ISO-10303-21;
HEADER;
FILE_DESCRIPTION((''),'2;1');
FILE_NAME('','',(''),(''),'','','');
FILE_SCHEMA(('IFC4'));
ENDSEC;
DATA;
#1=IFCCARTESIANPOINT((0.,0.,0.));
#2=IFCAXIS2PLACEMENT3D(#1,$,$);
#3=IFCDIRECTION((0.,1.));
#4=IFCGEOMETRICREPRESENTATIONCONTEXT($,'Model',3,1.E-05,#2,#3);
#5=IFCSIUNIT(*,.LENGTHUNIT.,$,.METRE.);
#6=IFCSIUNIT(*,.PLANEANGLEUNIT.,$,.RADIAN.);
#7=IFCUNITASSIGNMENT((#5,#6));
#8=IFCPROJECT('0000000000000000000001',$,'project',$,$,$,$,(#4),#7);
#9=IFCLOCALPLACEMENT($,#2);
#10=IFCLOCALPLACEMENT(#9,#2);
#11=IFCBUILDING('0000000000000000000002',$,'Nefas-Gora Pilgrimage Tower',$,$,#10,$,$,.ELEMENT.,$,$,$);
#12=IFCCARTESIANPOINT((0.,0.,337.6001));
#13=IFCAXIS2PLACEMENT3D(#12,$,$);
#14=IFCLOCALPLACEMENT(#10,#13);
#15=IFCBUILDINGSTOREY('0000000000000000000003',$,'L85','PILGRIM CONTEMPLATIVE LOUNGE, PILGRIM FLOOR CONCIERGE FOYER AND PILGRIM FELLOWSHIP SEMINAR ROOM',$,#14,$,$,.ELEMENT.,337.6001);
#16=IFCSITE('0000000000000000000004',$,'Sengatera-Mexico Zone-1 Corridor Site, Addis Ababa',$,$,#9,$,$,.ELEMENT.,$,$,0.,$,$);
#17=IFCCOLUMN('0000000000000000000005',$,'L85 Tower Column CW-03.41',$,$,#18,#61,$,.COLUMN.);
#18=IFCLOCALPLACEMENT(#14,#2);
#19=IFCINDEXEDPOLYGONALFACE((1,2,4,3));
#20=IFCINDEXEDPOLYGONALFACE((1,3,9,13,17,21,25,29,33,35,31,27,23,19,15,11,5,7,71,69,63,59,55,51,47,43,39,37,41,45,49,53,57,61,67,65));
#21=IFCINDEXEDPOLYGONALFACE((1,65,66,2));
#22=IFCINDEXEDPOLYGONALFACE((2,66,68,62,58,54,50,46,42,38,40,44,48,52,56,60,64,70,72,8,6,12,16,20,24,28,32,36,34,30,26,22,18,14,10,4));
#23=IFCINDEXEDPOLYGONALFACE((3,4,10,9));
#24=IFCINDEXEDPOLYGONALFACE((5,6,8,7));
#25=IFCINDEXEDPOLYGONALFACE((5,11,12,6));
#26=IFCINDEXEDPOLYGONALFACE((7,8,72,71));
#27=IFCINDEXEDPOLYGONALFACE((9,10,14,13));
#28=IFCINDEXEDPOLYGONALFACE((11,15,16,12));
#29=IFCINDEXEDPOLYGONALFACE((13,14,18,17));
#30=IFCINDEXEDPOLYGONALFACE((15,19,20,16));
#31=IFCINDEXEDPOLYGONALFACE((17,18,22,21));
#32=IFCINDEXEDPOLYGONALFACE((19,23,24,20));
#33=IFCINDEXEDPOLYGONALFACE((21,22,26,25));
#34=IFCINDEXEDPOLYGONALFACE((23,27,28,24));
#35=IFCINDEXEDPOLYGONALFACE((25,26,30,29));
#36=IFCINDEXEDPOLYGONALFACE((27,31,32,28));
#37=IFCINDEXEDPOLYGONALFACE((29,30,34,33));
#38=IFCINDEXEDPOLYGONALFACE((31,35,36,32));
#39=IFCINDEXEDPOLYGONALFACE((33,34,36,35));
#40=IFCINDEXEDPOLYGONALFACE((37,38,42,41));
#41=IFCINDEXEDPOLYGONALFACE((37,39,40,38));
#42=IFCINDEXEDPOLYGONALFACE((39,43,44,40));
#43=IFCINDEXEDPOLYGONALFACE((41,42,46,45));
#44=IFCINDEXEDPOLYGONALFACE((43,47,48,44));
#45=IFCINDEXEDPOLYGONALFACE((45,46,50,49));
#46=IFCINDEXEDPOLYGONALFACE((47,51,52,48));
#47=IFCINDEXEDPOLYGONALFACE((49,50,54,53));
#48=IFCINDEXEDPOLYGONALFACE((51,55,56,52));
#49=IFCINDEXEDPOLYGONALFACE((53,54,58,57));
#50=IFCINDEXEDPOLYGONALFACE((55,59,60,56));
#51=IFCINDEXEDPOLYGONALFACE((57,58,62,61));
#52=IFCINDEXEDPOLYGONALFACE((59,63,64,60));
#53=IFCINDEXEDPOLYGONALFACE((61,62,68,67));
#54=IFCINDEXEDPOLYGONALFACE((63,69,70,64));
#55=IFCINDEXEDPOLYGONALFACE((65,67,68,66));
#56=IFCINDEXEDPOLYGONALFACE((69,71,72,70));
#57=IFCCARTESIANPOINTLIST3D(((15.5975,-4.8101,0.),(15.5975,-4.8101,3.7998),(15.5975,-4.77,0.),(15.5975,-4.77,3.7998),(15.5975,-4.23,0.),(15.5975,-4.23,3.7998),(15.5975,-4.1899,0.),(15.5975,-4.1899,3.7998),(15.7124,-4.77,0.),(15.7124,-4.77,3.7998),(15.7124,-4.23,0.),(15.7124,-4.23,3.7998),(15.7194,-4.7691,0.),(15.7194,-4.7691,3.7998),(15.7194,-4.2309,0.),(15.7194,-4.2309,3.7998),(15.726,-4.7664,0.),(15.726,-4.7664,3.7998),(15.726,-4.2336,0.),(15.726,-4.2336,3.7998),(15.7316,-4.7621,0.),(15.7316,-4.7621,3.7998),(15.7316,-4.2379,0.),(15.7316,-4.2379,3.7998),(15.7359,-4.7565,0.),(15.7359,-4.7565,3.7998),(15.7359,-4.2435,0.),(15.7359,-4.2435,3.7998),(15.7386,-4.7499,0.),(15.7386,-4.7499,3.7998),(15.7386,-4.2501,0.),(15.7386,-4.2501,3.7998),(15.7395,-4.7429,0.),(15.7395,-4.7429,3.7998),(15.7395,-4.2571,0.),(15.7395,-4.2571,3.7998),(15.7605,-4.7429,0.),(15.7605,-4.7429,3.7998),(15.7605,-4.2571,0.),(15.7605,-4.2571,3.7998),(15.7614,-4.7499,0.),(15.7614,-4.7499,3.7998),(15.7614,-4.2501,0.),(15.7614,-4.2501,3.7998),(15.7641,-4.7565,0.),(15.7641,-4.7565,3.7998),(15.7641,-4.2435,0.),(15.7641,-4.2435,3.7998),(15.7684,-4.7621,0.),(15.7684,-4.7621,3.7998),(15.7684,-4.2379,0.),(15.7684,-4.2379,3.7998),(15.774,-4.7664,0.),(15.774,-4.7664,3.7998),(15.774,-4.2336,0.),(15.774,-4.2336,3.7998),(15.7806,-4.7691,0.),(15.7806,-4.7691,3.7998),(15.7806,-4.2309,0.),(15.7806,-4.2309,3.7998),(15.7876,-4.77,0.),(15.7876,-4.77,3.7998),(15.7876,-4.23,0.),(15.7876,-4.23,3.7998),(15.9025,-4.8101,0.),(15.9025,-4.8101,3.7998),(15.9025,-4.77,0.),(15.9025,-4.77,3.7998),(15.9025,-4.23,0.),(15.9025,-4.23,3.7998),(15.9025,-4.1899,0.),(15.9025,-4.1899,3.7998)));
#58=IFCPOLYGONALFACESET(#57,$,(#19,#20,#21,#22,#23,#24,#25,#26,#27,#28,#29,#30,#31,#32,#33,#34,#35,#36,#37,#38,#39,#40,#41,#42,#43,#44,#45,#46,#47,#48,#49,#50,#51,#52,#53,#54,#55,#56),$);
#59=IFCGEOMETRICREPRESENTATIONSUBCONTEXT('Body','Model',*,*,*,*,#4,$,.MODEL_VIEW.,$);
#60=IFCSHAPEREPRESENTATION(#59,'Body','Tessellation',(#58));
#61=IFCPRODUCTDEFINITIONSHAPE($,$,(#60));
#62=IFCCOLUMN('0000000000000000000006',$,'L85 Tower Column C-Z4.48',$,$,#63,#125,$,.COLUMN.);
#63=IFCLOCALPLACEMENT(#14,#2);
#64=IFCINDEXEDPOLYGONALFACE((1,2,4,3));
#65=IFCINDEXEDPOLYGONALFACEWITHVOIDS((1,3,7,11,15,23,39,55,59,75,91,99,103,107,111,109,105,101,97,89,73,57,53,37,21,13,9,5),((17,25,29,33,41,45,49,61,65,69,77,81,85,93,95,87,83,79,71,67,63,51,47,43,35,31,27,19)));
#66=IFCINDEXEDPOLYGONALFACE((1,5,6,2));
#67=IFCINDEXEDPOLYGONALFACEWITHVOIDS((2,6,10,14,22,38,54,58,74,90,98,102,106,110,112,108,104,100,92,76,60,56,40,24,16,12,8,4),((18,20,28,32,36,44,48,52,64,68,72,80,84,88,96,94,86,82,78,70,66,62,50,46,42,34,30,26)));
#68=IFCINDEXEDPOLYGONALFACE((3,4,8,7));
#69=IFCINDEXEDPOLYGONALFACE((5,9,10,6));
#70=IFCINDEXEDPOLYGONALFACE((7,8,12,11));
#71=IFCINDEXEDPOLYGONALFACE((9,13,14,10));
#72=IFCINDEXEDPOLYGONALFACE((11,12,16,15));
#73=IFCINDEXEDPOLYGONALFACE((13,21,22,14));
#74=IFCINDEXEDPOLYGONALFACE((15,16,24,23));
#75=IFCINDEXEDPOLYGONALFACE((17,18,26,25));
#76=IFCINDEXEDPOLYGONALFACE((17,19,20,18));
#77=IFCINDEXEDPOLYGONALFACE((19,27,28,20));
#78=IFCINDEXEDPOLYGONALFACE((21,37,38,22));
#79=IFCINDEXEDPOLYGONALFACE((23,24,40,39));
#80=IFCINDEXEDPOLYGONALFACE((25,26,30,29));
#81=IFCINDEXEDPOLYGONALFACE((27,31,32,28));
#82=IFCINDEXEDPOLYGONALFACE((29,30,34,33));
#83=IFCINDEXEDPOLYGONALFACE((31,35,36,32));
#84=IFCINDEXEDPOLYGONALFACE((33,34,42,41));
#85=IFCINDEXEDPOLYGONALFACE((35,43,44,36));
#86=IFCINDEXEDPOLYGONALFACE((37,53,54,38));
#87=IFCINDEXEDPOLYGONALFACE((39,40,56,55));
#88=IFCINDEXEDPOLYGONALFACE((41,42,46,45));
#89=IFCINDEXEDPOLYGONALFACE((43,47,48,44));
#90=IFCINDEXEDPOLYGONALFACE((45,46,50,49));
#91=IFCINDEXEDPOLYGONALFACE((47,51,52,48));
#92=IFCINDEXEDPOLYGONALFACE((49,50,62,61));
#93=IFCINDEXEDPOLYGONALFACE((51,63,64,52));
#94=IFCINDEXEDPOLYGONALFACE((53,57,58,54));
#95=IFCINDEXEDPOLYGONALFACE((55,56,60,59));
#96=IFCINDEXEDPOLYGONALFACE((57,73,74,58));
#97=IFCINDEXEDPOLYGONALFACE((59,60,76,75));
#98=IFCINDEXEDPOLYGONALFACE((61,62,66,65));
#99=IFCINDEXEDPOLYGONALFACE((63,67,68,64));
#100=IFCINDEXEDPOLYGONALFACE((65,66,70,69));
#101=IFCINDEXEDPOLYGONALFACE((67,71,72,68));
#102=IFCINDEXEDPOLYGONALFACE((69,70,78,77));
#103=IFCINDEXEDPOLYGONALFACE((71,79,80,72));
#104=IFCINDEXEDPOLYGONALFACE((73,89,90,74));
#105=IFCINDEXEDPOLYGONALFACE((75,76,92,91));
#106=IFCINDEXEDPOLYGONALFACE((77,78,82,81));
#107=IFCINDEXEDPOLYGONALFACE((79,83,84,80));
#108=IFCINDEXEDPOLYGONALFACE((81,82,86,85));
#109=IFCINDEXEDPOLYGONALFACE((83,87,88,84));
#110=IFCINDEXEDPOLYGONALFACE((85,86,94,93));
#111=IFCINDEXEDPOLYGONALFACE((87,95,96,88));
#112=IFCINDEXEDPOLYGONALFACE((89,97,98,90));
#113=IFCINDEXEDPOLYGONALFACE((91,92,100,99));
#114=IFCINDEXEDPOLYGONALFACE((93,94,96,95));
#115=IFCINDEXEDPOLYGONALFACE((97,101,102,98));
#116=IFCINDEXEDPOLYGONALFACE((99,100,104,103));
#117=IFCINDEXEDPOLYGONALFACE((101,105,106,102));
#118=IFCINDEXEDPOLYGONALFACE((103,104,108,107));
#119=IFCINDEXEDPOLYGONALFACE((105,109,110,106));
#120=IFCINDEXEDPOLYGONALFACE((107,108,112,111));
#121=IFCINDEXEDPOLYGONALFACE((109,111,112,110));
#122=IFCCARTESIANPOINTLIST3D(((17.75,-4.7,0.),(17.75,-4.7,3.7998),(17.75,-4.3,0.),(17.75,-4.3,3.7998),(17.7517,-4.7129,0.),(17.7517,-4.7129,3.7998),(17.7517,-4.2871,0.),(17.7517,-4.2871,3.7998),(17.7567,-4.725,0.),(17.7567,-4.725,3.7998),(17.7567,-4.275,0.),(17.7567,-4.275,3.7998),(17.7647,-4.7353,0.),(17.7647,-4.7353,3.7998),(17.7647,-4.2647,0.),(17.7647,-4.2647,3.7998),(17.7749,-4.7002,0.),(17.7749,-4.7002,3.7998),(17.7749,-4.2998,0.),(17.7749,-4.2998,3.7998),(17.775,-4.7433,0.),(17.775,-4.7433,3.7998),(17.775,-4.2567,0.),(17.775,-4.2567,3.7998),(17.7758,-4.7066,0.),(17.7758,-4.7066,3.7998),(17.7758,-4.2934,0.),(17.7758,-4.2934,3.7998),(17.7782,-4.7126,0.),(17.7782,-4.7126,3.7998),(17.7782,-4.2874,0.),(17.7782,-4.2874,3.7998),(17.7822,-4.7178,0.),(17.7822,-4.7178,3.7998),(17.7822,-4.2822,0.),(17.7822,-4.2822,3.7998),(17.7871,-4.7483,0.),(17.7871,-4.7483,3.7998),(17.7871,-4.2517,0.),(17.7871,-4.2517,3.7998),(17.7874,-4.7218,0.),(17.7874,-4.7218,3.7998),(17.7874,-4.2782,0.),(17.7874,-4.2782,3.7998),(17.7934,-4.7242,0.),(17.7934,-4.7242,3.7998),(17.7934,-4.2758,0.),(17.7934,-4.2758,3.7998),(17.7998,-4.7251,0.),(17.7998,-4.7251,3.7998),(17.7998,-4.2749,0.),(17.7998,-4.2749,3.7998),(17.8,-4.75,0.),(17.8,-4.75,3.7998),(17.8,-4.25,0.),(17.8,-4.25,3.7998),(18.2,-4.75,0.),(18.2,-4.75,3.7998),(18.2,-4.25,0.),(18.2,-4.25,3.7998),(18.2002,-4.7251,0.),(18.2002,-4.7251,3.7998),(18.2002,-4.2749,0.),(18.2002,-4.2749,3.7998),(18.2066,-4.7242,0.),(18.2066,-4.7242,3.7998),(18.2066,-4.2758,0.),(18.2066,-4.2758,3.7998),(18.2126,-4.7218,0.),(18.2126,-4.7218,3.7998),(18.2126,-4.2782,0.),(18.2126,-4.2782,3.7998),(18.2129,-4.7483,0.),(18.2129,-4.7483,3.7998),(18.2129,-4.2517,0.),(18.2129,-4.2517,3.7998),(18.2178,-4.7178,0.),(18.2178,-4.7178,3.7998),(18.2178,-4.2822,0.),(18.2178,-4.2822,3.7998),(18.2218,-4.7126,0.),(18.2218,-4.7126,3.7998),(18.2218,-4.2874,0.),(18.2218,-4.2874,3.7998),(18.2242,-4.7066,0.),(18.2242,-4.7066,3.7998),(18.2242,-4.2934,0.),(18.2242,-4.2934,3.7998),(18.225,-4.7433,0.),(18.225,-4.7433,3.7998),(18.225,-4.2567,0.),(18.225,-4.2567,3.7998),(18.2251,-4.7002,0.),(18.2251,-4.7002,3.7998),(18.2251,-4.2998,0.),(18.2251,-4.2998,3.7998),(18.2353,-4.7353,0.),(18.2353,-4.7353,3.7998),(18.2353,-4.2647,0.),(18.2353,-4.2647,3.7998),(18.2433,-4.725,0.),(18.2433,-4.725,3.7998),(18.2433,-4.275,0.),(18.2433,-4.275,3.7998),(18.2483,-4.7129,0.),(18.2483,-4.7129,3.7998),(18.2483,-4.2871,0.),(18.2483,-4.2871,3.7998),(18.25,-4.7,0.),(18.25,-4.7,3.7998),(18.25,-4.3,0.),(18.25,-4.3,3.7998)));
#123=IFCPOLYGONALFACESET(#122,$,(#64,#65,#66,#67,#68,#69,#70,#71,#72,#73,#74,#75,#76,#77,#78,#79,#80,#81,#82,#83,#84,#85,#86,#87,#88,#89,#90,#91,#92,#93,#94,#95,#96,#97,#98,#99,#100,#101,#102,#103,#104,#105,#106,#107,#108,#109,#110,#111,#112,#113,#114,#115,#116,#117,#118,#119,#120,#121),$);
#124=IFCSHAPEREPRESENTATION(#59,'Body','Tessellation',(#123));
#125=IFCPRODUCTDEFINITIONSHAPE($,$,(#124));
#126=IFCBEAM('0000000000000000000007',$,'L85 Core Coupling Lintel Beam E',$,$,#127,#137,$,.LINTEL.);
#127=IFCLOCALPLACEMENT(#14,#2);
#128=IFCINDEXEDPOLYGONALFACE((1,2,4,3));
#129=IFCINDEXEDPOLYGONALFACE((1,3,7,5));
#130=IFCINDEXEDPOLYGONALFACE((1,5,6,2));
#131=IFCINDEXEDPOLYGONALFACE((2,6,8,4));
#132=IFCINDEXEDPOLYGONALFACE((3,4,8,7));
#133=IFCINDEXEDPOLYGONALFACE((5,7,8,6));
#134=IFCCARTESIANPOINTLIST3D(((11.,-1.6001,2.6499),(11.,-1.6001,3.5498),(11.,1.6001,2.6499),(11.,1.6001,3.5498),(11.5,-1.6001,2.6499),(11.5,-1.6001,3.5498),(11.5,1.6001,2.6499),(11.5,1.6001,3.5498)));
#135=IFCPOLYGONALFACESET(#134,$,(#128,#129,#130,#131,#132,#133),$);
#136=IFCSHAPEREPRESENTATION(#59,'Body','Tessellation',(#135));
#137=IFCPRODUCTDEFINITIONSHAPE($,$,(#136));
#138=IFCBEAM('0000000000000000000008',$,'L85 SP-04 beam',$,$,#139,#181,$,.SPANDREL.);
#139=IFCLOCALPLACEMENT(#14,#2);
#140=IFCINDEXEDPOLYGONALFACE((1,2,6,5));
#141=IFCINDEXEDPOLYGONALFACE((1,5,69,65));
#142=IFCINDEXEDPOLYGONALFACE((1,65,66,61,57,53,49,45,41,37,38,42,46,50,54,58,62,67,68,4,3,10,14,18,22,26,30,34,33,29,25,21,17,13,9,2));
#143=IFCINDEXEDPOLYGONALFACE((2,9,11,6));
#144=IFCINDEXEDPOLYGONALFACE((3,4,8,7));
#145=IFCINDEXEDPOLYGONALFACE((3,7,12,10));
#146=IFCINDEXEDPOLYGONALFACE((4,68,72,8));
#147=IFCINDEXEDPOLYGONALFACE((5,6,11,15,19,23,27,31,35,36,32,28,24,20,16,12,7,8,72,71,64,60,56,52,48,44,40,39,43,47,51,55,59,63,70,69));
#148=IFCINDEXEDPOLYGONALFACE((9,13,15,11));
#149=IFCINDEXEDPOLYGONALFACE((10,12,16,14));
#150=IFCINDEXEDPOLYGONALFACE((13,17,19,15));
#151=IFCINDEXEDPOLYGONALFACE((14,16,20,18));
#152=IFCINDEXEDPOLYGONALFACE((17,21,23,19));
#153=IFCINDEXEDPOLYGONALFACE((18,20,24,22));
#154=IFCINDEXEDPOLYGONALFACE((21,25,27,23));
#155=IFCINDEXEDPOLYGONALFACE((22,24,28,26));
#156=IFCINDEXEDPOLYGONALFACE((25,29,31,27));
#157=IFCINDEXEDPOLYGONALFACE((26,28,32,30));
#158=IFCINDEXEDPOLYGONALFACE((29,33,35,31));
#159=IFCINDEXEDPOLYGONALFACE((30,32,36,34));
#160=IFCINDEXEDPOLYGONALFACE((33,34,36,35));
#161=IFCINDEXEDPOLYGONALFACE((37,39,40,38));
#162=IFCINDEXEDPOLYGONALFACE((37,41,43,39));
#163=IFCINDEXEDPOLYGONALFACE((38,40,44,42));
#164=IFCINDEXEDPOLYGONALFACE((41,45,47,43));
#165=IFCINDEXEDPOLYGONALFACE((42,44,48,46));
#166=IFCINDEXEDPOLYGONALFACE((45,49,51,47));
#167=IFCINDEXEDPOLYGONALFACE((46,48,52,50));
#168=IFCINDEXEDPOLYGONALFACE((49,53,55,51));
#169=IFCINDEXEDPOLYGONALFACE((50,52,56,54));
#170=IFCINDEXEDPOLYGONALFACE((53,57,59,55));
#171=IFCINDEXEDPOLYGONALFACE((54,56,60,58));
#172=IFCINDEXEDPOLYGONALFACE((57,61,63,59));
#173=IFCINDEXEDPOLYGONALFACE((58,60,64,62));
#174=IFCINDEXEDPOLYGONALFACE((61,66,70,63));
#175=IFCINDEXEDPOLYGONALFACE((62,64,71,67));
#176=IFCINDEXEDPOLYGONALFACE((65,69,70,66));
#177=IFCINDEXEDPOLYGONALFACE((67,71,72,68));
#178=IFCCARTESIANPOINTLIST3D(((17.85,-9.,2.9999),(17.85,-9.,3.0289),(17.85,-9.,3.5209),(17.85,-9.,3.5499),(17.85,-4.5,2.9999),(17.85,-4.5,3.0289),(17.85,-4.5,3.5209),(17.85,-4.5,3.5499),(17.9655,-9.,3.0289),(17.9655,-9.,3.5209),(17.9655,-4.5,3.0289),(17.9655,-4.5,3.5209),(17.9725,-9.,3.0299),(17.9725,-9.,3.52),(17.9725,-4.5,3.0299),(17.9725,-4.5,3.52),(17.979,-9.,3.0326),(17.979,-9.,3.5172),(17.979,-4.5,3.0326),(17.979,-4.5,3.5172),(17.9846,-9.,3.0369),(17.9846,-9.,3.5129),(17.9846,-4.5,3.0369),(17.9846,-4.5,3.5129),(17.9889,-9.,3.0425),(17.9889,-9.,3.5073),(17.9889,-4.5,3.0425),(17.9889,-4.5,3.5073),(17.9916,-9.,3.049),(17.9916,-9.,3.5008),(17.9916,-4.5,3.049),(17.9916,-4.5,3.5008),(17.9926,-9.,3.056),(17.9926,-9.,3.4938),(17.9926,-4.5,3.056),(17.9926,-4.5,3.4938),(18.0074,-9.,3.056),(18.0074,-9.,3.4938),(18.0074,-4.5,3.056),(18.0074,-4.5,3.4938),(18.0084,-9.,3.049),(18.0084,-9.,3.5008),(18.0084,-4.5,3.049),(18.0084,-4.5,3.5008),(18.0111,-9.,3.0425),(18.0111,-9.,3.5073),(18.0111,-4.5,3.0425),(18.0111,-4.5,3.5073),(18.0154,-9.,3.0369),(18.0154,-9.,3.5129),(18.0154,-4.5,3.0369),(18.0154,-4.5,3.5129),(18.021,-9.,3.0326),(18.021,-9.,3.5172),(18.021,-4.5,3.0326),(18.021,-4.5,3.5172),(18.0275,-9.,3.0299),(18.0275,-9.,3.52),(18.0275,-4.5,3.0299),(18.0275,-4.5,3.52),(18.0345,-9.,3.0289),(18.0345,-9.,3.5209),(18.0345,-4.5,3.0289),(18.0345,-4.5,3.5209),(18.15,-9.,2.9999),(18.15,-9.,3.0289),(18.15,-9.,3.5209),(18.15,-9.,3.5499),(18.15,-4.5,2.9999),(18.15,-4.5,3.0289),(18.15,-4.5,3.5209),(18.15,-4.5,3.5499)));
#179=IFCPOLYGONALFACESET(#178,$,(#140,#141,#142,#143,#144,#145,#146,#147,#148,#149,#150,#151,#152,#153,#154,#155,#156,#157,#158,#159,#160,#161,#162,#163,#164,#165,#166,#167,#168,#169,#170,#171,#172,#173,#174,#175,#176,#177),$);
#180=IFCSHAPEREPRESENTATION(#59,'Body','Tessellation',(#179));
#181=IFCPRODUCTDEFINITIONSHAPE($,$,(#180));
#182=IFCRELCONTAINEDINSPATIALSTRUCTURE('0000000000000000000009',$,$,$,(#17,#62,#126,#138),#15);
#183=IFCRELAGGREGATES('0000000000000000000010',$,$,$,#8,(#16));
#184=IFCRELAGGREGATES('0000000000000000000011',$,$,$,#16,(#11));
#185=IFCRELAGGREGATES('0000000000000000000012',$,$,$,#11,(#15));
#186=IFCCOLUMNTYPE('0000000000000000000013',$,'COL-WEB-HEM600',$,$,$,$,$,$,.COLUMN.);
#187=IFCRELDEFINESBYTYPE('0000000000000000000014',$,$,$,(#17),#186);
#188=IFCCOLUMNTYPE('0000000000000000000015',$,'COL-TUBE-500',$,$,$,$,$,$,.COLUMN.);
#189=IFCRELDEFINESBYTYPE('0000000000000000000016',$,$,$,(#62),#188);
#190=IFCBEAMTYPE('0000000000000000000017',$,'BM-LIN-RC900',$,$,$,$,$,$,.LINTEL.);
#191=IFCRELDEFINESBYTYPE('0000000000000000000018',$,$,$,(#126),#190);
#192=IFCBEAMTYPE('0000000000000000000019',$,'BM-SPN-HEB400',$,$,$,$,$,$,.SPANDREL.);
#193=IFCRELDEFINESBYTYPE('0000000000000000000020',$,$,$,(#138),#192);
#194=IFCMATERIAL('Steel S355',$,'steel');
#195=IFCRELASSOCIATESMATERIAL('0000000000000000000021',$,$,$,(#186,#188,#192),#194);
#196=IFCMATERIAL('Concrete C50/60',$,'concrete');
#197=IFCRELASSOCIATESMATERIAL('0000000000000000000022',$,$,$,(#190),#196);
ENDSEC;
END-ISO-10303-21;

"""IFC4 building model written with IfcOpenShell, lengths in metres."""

from ifc_helpers import new_model, si_unit, direction, frame, origin, origin_2d, place, context, subcontext, project, spatial, rectangle, hollow_rectangle, i_section, extrude, source, transform, mapped, material, material_profile, profile_set, type_object, element, save


model = new_model("IFC4")

# Units and contexts
model_context = context("Model", 3, precision=1e-05, world=origin(), true_north=direction((0.0, 1.0)))
body_context = subcontext(model_context, "Body", "Model", "MODEL_VIEW")
ifc_project = project(units=[si_unit("LENGTHUNIT", "METRE"), si_unit("PLANEANGLEUNIT", "RADIAN")], contexts=[model_context])

# Site, building, storey
site_placement = place(None, origin())
site = spatial("IfcSite", under=ifc_project, at=site_placement, Name="Sengatera-Mexico Zone-1 Corridor Site, Addis Ababa", CompositionType="ELEMENT", RefElevation=0.0)
building_placement = place(site_placement, origin())
building = spatial("IfcBuilding", under=site, at=building_placement, Name="Nefas-Gora Pilgrimage Tower", CompositionType="ELEMENT")
storey_placement = place(building_placement, frame((0.0, 0.0, 337.6001)))
storey = spatial("IfcBuildingStorey", under=building, at=storey_placement, Name="L85", Description="PILGRIM CONTEMPLATIVE LOUNGE, PILGRIM FLOOR CONCIERGE FOYER AND PILGRIM FELLOWSHIP SEMINAR ROOM", CompositionType="ELEMENT", Elevation=337.6001)

# Columns
ifc_material_1 = material(Name="Steel S355", Category="steel")
ifc_material_profile_1 = material_profile(ifc_material_1, i_section(OverallWidth=0.3049, OverallDepth=0.6201, WebThickness=0.021, FlangeThickness=0.04, FilletRadius=0.0271, at=origin_2d()), Name="HEM 600")
ifc_profile_set_1 = profile_set([ifc_material_profile_1], Name="Steel S355")
column_type_1 = type_object("IfcColumnType", Name="COL-WEB-HEM600", PredefinedType="COLUMN", material=ifc_profile_set_1)
shared_shape_1 = source(origin(), body_context, "Body", "SweptSolid", [
    extrude(i_section(OverallWidth=0.3049, OverallDepth=0.6201, WebThickness=0.021, FlangeThickness=0.04, FilletRadius=0.0271, at=origin_2d()), origin(), (0.0, 0.0, 1.0), 3.7998),
])
column_1_placement = place(storey_placement, frame((15.75, -4.5, 0.0), z_axis=(0.0, 0.0, 1.0), x_axis=(1.0, 0.0, 0.0)))
element("IfcColumn", 1, at=column_1_placement, inside=storey, type_object=column_type_1, Name="L85 Tower Column CW-03.41", PredefinedType="COLUMN", context=body_context, shape_type="MappedRepresentation", body=[
    mapped(shared_shape_1, transform((0.0, 0.0, 0.0), x_axis=(1.0, 0.0, 0.0), y_axis=(0.0, 1.0, 0.0), z_axis=(0.0, 0.0, 1.0), scale=1.0)),
])
ifc_material_profile_2 = material_profile(ifc_material_1, hollow_rectangle(XDim=0.5, YDim=0.5, WallThickness=0.0249, InnerFilletRadius=0.0249, OuterFilletRadius=0.05, at=origin_2d()), Name="SHS 500x500x25")
ifc_profile_set_2 = profile_set([ifc_material_profile_2], Name="Steel S355")
column_type_2 = type_object("IfcColumnType", Name="COL-TUBE-500", PredefinedType="COLUMN", material=ifc_profile_set_2)
shared_shape_2 = source(origin(), body_context, "Body", "SweptSolid", [
    extrude(hollow_rectangle(XDim=0.5, YDim=0.5, WallThickness=0.0249, InnerFilletRadius=0.0249, OuterFilletRadius=0.05, at=origin_2d()), origin(), (0.0, 0.0, 1.0), 3.7998),
])
column_2_placement = place(storey_placement, frame((18.0, -4.5, 0.0), z_axis=(0.0, 0.0, 1.0), x_axis=(1.0, 0.0, 0.0)))
element("IfcColumn", 2, at=column_2_placement, inside=storey, type_object=column_type_2, Name="L85 Tower Column C-Z4.48", PredefinedType="COLUMN", context=body_context, shape_type="MappedRepresentation", body=[
    mapped(shared_shape_2, transform((0.0, 0.0, 0.0), x_axis=(1.0, 0.0, 0.0), y_axis=(0.0, 1.0, 0.0), z_axis=(0.0, 0.0, 1.0), scale=1.0)),
])

# Beams
ifc_material_2 = material(Name="Concrete C50/60", Category="concrete")
ifc_material_profile_3 = material_profile(ifc_material_2, rectangle(XDim=0.5, YDim=0.8999, at=origin_2d()), Name="RC 500x900")
ifc_profile_set_3 = profile_set([ifc_material_profile_3], Name="Concrete C50/60")
beam_type_1 = type_object("IfcBeamType", Name="BM-LIN-RC900", PredefinedType="LINTEL", material=ifc_profile_set_3)
shared_shape_3 = source(origin(), body_context, "Body", "SweptSolid", [
    extrude(rectangle(XDim=0.5, YDim=0.8999, at=origin_2d()), origin(), (0.0, 0.0, 1.0), 3.2002),
])
beam_1_placement = place(storey_placement, frame((11.25, -1.6001, 3.0999), z_axis=(0.0, 1.0, 0.0), x_axis=(-1.0, 0.0, 0.0)))
element("IfcBeam", 3, at=beam_1_placement, inside=storey, type_object=beam_type_1, Name="L85 Core Coupling Lintel Beam E", PredefinedType="LINTEL", context=body_context, shape_type="MappedRepresentation", body=[
    mapped(shared_shape_3, transform((0.0, 0.0, 0.0), x_axis=(1.0, 0.0, 0.0), y_axis=(0.0, 1.0, 0.0), z_axis=(0.0, 0.0, 1.0), scale=1.0)),
])
ifc_material_profile_4 = material_profile(ifc_material_1, i_section(OverallWidth=0.3, OverallDepth=0.55, WebThickness=0.0149, FlangeThickness=0.0291, FilletRadius=0.0271, at=origin_2d()), Name="HEB 550")
ifc_profile_set_4 = profile_set([ifc_material_profile_4], Name="Steel S355")
beam_type_2 = type_object("IfcBeamType", Name="BM-SPN-HEB400", PredefinedType="SPANDREL", material=ifc_profile_set_4)
shared_shape_4 = source(origin(), body_context, "Body", "SweptSolid", [
    extrude(i_section(OverallWidth=0.3, OverallDepth=0.55, WebThickness=0.0149, FlangeThickness=0.0291, FilletRadius=0.0271, at=origin_2d()), origin(), (0.0, 0.0, 1.0), 4.5),
])
for number, where, z_axis, x_axis, name in (
    (4, (18.0, -9.0, 3.2749), (0.0, 1.0, 0.0), (-1.0, 0.0, 0.0), "L85 SP-04 beam"),
):
    element("IfcBeam", number, at=place(storey_placement, frame(where, z_axis=z_axis, x_axis=x_axis)), inside=storey, type_object=beam_type_2, Name=name, PredefinedType="SPANDREL", context=body_context, shape_type="MappedRepresentation", body=[
        mapped(shared_shape_4, transform((0.0, 0.0, 0.0), x_axis=(1.0, 0.0, 0.0), y_axis=(0.0, 1.0, 0.0), z_axis=(0.0, 0.0, 1.0), scale=1.0)),
    ])

save(model, "model.ifc")
